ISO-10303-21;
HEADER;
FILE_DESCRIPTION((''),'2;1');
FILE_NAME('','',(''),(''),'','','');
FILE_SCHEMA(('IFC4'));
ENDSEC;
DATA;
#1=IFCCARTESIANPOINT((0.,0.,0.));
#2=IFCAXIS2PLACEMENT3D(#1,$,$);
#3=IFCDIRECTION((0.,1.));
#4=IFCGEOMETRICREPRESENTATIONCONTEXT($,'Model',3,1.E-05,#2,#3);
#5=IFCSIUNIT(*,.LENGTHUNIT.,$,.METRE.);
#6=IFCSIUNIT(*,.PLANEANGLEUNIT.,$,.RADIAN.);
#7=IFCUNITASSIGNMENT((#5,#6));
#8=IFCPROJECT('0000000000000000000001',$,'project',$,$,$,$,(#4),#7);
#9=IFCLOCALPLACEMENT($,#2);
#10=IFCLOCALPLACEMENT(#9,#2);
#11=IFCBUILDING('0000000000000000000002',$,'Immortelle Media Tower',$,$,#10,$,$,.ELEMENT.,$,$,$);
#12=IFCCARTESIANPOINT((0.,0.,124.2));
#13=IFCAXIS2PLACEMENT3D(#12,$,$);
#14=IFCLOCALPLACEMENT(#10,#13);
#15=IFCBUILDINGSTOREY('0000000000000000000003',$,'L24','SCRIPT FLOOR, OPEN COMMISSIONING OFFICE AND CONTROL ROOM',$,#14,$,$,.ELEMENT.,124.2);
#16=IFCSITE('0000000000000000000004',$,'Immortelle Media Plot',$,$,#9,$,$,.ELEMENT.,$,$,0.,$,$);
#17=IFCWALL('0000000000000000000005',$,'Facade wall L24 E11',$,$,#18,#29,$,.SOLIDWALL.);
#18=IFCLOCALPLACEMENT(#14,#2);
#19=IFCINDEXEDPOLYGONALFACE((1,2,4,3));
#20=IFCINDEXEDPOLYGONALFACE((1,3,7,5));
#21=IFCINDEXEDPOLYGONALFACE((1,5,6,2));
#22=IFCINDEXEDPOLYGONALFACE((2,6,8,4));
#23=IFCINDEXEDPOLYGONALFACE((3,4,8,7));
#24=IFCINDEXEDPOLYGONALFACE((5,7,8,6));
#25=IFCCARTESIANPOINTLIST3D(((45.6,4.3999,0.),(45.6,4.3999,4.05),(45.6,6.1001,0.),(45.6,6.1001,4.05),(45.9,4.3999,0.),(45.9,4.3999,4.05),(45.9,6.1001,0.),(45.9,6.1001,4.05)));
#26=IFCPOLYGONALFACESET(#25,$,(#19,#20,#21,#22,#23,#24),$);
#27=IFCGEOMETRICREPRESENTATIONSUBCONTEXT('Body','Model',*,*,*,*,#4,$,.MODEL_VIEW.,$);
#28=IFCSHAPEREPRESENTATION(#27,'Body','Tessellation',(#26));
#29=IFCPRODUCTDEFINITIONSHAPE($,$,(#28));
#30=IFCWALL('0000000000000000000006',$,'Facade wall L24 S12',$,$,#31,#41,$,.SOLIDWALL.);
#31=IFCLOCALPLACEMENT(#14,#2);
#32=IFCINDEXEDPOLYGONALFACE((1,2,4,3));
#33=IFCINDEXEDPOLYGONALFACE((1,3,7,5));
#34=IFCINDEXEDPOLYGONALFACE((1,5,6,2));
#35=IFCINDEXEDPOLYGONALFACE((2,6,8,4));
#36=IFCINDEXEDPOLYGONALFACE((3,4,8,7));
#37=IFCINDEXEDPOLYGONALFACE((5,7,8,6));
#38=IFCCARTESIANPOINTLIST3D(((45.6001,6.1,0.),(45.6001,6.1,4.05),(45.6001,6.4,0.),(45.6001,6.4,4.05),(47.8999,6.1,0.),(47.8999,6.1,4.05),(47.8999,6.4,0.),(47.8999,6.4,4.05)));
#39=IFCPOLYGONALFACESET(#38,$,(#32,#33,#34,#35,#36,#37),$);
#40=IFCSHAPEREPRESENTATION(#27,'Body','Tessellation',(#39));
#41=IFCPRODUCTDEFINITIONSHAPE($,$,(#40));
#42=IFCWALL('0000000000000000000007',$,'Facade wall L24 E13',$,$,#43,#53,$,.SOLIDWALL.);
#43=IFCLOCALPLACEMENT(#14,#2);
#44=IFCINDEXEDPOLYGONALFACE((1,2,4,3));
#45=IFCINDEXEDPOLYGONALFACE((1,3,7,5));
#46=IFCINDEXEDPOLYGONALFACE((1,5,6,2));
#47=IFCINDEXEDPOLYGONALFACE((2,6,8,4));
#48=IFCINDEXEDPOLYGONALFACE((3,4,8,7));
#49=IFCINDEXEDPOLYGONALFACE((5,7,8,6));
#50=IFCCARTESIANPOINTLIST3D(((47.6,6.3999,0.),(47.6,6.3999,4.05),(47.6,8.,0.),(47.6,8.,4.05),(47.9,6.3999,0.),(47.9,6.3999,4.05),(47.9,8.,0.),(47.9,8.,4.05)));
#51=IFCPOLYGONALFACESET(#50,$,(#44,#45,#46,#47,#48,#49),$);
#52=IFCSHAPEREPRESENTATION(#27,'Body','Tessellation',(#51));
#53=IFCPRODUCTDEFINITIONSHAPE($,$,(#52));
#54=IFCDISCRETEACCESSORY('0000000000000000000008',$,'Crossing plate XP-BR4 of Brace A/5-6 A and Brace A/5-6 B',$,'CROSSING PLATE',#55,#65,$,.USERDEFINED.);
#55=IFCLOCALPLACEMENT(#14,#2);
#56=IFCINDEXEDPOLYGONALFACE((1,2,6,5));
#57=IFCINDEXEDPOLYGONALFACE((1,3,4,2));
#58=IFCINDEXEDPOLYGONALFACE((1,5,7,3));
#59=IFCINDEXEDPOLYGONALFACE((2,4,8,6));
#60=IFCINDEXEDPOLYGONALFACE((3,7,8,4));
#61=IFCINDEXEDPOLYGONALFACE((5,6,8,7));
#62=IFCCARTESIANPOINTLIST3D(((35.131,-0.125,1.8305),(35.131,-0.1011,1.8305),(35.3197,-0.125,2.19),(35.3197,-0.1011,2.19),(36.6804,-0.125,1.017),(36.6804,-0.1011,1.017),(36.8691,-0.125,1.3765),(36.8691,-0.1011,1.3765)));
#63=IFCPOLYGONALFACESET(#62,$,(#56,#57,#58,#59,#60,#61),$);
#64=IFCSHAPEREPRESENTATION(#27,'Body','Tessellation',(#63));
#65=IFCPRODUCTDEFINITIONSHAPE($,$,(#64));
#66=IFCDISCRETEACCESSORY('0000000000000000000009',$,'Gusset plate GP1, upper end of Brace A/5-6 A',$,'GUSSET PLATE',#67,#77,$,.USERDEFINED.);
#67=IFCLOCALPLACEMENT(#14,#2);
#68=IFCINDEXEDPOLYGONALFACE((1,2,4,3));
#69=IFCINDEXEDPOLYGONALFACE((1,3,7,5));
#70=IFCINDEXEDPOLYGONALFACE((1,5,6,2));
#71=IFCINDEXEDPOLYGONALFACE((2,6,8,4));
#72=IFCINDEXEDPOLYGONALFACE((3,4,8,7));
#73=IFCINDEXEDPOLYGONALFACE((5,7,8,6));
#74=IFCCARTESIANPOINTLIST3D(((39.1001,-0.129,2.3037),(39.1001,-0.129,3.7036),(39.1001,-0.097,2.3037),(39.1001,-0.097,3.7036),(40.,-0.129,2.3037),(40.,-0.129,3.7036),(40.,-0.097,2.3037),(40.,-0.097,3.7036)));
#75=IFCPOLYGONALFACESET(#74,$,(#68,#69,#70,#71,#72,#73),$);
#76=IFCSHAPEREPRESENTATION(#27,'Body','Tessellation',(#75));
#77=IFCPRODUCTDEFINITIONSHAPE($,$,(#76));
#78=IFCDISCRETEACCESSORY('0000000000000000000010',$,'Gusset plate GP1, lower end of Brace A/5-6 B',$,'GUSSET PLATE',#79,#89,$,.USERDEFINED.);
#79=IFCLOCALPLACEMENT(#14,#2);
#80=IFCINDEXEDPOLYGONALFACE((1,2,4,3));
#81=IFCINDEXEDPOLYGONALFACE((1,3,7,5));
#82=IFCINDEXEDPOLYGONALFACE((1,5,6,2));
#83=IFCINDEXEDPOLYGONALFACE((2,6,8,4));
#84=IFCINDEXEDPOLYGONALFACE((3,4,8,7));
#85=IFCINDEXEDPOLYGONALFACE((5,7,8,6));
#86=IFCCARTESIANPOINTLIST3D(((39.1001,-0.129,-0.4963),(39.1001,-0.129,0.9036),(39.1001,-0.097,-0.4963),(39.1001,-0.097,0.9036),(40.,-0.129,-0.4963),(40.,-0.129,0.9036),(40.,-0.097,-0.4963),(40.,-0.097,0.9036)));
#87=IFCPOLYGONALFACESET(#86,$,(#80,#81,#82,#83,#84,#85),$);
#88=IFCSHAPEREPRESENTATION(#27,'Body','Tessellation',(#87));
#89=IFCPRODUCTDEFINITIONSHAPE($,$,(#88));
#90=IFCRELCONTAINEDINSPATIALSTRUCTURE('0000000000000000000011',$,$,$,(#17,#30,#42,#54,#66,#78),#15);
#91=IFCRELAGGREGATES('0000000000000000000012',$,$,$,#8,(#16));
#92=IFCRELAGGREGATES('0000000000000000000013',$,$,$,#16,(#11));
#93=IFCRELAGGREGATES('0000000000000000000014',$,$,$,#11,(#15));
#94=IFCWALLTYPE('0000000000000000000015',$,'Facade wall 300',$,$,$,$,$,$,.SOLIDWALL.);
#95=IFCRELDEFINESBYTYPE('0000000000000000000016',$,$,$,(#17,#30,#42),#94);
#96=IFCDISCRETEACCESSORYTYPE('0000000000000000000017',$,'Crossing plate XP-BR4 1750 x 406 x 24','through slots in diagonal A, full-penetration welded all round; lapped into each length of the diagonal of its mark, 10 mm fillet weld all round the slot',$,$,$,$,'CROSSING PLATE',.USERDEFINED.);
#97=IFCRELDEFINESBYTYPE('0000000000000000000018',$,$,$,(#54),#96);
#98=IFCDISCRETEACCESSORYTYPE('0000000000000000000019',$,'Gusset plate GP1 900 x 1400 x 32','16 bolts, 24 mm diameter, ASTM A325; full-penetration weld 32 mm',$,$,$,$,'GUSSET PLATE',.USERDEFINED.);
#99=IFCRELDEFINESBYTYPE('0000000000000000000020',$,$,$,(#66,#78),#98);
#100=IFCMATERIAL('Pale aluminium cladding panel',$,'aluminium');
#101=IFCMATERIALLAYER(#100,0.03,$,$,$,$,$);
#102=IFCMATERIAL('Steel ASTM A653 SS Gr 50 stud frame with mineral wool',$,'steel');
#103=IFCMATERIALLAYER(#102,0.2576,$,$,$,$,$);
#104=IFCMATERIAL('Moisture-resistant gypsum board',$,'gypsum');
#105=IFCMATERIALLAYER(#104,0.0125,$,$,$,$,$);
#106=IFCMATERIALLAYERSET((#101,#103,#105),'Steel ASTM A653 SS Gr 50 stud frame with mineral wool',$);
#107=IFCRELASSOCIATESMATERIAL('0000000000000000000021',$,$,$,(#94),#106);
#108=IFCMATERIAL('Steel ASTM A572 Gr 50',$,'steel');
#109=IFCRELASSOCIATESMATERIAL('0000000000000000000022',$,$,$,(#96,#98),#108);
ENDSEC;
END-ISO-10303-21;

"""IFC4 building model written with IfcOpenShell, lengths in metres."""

from ifc_helpers import new_model, si_unit, direction, frame, frame_2d, origin, origin_2d, place, context, subcontext, project, spatial, rectangle, extrude, material, layer, layer_set, material_profile, profile_set, type_object, element, save


model = new_model("IFC4")

# Units and contexts
model_context = context("Model", 3, precision=1e-05, world=origin(), true_north=direction((0.0, 1.0)))
body_context = subcontext(model_context, "Body", "Model", "MODEL_VIEW")
ifc_project = project(units=[si_unit("LENGTHUNIT", "METRE"), si_unit("PLANEANGLEUNIT", "RADIAN")], contexts=[model_context])

# Site, building, storey
site_placement = place(None, origin())
site = spatial("IfcSite", under=ifc_project, at=site_placement, Name="Immortelle Media Plot", CompositionType="ELEMENT", RefElevation=0.0)
building_placement = place(site_placement, origin())
building = spatial("IfcBuilding", under=site, at=building_placement, Name="Immortelle Media Tower", CompositionType="ELEMENT")
storey_placement = place(building_placement, frame((0.0, 0.0, 124.2)))
storey = spatial("IfcBuildingStorey", under=building, at=storey_placement, Name="L24", Description="SCRIPT FLOOR, OPEN COMMISSIONING OFFICE AND CONTROL ROOM", CompositionType="ELEMENT", Elevation=124.2)

# Walls
ifc_material_1 = material(Name="Pale aluminium cladding panel", Category="aluminium")
ifc_layer_1 = layer(ifc_material_1, 0.03)
ifc_material_2 = material(Name="Steel ASTM A653 SS Gr 50 stud frame with mineral wool", Category="steel")
ifc_layer_2 = layer(ifc_material_2, 0.2576)
ifc_material_3 = material(Name="Moisture-resistant gypsum board", Category="gypsum")
ifc_layer_3 = layer(ifc_material_3, 0.0125)
ifc_layer_set = layer_set([ifc_layer_1, ifc_layer_2, ifc_layer_3], Name="Steel ASTM A653 SS Gr 50 stud frame with mineral wool")
wall_type = type_object("IfcWallType", Name="Facade wall 300", PredefinedType="SOLIDWALL", material=ifc_layer_set)
wall_1_placement = place(storey_placement, frame((45.75, 4.3999, 0.0), z_axis=(0.0, 0.0, 1.0), x_axis=(0.0, 1.0, 0.0)))
element("IfcWall", 1, at=wall_1_placement, inside=storey, type_object=wall_type, Name="Facade wall L24 E11", PredefinedType="SOLIDWALL", context=body_context, shape_type="SweptSolid", body=[
    extrude(rectangle(XDim=1.7002, YDim=0.3, at=frame_2d((0.8501, 0.0))), origin(), (0.0, 0.0, 1.0), 4.05),
])
wall_2_placement = place(storey_placement, frame((45.6001, 6.25, 0.0), z_axis=(0.0, 0.0, 1.0), x_axis=(1.0, 0.0, 0.0)))
element("IfcWall", 2, at=wall_2_placement, inside=storey, type_object=wall_type, Name="Facade wall L24 S12", PredefinedType="SOLIDWALL", context=body_context, shape_type="SweptSolid", body=[
    extrude(rectangle(XDim=2.2998, YDim=0.3, at=frame_2d((1.1499, 0.0))), origin(), (0.0, 0.0, 1.0), 4.05),
])
wall_3_placement = place(storey_placement, frame((47.75, 6.3999, 0.0), z_axis=(0.0, 0.0, 1.0), x_axis=(0.0, 1.0, 0.0)))
element("IfcWall", 3, at=wall_3_placement, inside=storey, type_object=wall_type, Name="Facade wall L24 E13", PredefinedType="SOLIDWALL", context=body_context, shape_type="SweptSolid", body=[
    extrude(rectangle(XDim=1.6001, YDim=0.3, at=frame_2d((0.8, 0.0))), origin(), (0.0, 0.0, 1.0), 4.05),
])

# Discrete accessories
ifc_material_4 = material(Name="Steel ASTM A572 Gr 50", Category="steel")
ifc_material_profile_1 = material_profile(ifc_material_4, rectangle(XDim=0.0239, YDim=0.406, at=origin_2d()), Name="PL 24 x 406")
ifc_profile_set_1 = profile_set([ifc_material_profile_1], Name="Steel ASTM A572 Gr 50")
discrete_accessory_type_1 = type_object("IfcDiscreteAccessoryType", Name="Crossing plate XP-BR4 1750 x 406 x 24", Description="through slots in diagonal A, full-penetration welded all round; lapped into each length of the diagonal of its mark, 10 mm fillet weld all round the slot", ElementType="CROSSING PLATE", PredefinedType="USERDEFINED", material=ifc_profile_set_1)
discrete_accessory_placement = place(storey_placement, frame((35.2253, -0.113, 2.0103), z_axis=(0.885378, 0.0, -0.464872), x_axis=(0.0, 1.0, 0.0)))
element("IfcDiscreteAccessory", 4, at=discrete_accessory_placement, inside=storey, type_object=discrete_accessory_type_1, Name="Crossing plate XP-BR4 of Brace A/5-6 A and Brace A/5-6 B", ObjectType="CROSSING PLATE", PredefinedType="USERDEFINED", context=body_context, shape_type="SweptSolid", body=[
    extrude(rectangle(XDim=0.0239, YDim=0.406, at=origin_2d()), origin(), (0.0, 0.0, 1.0), 1.75),
])
ifc_material_profile_2 = material_profile(ifc_material_4, rectangle(XDim=0.032, YDim=1.3999, at=origin_2d()), Name="PL 32 x 1400")
ifc_profile_set_2 = profile_set([ifc_material_profile_2], Name="Steel ASTM A572 Gr 50")
discrete_accessory_type_2 = type_object("IfcDiscreteAccessoryType", Name="Gusset plate GP1 900 x 1400 x 32", Description="16 bolts, 24 mm diameter, ASTM A325; full-penetration weld 32 mm", ElementType="GUSSET PLATE", PredefinedType="USERDEFINED", material=ifc_profile_set_2)
for number, where, z_axis, x_axis, name in (
    (5, (40.0, -0.113, 3.0037), (-1.0, 0.0, 0.0), (0.0, -1.0, 0.0), "Gusset plate GP1, upper end of Brace A/5-6 A"),
    (6, (40.0, -0.113, 0.2036), (-1.0, 0.0, 0.0), (0.0, -1.0, 0.0), "Gusset plate GP1, lower end of Brace A/5-6 B"),
):
    element("IfcDiscreteAccessory", number, at=place(storey_placement, frame(where, z_axis=z_axis, x_axis=x_axis)), inside=storey, type_object=discrete_accessory_type_2, Name=name, ObjectType="GUSSET PLATE", PredefinedType="USERDEFINED", context=body_context, shape_type="SweptSolid", body=[
        extrude(rectangle(XDim=0.032, YDim=1.3999, at=origin_2d()), origin(), (0.0, 0.0, 1.0), 0.8999),
    ])

save(model, "model.ifc")
